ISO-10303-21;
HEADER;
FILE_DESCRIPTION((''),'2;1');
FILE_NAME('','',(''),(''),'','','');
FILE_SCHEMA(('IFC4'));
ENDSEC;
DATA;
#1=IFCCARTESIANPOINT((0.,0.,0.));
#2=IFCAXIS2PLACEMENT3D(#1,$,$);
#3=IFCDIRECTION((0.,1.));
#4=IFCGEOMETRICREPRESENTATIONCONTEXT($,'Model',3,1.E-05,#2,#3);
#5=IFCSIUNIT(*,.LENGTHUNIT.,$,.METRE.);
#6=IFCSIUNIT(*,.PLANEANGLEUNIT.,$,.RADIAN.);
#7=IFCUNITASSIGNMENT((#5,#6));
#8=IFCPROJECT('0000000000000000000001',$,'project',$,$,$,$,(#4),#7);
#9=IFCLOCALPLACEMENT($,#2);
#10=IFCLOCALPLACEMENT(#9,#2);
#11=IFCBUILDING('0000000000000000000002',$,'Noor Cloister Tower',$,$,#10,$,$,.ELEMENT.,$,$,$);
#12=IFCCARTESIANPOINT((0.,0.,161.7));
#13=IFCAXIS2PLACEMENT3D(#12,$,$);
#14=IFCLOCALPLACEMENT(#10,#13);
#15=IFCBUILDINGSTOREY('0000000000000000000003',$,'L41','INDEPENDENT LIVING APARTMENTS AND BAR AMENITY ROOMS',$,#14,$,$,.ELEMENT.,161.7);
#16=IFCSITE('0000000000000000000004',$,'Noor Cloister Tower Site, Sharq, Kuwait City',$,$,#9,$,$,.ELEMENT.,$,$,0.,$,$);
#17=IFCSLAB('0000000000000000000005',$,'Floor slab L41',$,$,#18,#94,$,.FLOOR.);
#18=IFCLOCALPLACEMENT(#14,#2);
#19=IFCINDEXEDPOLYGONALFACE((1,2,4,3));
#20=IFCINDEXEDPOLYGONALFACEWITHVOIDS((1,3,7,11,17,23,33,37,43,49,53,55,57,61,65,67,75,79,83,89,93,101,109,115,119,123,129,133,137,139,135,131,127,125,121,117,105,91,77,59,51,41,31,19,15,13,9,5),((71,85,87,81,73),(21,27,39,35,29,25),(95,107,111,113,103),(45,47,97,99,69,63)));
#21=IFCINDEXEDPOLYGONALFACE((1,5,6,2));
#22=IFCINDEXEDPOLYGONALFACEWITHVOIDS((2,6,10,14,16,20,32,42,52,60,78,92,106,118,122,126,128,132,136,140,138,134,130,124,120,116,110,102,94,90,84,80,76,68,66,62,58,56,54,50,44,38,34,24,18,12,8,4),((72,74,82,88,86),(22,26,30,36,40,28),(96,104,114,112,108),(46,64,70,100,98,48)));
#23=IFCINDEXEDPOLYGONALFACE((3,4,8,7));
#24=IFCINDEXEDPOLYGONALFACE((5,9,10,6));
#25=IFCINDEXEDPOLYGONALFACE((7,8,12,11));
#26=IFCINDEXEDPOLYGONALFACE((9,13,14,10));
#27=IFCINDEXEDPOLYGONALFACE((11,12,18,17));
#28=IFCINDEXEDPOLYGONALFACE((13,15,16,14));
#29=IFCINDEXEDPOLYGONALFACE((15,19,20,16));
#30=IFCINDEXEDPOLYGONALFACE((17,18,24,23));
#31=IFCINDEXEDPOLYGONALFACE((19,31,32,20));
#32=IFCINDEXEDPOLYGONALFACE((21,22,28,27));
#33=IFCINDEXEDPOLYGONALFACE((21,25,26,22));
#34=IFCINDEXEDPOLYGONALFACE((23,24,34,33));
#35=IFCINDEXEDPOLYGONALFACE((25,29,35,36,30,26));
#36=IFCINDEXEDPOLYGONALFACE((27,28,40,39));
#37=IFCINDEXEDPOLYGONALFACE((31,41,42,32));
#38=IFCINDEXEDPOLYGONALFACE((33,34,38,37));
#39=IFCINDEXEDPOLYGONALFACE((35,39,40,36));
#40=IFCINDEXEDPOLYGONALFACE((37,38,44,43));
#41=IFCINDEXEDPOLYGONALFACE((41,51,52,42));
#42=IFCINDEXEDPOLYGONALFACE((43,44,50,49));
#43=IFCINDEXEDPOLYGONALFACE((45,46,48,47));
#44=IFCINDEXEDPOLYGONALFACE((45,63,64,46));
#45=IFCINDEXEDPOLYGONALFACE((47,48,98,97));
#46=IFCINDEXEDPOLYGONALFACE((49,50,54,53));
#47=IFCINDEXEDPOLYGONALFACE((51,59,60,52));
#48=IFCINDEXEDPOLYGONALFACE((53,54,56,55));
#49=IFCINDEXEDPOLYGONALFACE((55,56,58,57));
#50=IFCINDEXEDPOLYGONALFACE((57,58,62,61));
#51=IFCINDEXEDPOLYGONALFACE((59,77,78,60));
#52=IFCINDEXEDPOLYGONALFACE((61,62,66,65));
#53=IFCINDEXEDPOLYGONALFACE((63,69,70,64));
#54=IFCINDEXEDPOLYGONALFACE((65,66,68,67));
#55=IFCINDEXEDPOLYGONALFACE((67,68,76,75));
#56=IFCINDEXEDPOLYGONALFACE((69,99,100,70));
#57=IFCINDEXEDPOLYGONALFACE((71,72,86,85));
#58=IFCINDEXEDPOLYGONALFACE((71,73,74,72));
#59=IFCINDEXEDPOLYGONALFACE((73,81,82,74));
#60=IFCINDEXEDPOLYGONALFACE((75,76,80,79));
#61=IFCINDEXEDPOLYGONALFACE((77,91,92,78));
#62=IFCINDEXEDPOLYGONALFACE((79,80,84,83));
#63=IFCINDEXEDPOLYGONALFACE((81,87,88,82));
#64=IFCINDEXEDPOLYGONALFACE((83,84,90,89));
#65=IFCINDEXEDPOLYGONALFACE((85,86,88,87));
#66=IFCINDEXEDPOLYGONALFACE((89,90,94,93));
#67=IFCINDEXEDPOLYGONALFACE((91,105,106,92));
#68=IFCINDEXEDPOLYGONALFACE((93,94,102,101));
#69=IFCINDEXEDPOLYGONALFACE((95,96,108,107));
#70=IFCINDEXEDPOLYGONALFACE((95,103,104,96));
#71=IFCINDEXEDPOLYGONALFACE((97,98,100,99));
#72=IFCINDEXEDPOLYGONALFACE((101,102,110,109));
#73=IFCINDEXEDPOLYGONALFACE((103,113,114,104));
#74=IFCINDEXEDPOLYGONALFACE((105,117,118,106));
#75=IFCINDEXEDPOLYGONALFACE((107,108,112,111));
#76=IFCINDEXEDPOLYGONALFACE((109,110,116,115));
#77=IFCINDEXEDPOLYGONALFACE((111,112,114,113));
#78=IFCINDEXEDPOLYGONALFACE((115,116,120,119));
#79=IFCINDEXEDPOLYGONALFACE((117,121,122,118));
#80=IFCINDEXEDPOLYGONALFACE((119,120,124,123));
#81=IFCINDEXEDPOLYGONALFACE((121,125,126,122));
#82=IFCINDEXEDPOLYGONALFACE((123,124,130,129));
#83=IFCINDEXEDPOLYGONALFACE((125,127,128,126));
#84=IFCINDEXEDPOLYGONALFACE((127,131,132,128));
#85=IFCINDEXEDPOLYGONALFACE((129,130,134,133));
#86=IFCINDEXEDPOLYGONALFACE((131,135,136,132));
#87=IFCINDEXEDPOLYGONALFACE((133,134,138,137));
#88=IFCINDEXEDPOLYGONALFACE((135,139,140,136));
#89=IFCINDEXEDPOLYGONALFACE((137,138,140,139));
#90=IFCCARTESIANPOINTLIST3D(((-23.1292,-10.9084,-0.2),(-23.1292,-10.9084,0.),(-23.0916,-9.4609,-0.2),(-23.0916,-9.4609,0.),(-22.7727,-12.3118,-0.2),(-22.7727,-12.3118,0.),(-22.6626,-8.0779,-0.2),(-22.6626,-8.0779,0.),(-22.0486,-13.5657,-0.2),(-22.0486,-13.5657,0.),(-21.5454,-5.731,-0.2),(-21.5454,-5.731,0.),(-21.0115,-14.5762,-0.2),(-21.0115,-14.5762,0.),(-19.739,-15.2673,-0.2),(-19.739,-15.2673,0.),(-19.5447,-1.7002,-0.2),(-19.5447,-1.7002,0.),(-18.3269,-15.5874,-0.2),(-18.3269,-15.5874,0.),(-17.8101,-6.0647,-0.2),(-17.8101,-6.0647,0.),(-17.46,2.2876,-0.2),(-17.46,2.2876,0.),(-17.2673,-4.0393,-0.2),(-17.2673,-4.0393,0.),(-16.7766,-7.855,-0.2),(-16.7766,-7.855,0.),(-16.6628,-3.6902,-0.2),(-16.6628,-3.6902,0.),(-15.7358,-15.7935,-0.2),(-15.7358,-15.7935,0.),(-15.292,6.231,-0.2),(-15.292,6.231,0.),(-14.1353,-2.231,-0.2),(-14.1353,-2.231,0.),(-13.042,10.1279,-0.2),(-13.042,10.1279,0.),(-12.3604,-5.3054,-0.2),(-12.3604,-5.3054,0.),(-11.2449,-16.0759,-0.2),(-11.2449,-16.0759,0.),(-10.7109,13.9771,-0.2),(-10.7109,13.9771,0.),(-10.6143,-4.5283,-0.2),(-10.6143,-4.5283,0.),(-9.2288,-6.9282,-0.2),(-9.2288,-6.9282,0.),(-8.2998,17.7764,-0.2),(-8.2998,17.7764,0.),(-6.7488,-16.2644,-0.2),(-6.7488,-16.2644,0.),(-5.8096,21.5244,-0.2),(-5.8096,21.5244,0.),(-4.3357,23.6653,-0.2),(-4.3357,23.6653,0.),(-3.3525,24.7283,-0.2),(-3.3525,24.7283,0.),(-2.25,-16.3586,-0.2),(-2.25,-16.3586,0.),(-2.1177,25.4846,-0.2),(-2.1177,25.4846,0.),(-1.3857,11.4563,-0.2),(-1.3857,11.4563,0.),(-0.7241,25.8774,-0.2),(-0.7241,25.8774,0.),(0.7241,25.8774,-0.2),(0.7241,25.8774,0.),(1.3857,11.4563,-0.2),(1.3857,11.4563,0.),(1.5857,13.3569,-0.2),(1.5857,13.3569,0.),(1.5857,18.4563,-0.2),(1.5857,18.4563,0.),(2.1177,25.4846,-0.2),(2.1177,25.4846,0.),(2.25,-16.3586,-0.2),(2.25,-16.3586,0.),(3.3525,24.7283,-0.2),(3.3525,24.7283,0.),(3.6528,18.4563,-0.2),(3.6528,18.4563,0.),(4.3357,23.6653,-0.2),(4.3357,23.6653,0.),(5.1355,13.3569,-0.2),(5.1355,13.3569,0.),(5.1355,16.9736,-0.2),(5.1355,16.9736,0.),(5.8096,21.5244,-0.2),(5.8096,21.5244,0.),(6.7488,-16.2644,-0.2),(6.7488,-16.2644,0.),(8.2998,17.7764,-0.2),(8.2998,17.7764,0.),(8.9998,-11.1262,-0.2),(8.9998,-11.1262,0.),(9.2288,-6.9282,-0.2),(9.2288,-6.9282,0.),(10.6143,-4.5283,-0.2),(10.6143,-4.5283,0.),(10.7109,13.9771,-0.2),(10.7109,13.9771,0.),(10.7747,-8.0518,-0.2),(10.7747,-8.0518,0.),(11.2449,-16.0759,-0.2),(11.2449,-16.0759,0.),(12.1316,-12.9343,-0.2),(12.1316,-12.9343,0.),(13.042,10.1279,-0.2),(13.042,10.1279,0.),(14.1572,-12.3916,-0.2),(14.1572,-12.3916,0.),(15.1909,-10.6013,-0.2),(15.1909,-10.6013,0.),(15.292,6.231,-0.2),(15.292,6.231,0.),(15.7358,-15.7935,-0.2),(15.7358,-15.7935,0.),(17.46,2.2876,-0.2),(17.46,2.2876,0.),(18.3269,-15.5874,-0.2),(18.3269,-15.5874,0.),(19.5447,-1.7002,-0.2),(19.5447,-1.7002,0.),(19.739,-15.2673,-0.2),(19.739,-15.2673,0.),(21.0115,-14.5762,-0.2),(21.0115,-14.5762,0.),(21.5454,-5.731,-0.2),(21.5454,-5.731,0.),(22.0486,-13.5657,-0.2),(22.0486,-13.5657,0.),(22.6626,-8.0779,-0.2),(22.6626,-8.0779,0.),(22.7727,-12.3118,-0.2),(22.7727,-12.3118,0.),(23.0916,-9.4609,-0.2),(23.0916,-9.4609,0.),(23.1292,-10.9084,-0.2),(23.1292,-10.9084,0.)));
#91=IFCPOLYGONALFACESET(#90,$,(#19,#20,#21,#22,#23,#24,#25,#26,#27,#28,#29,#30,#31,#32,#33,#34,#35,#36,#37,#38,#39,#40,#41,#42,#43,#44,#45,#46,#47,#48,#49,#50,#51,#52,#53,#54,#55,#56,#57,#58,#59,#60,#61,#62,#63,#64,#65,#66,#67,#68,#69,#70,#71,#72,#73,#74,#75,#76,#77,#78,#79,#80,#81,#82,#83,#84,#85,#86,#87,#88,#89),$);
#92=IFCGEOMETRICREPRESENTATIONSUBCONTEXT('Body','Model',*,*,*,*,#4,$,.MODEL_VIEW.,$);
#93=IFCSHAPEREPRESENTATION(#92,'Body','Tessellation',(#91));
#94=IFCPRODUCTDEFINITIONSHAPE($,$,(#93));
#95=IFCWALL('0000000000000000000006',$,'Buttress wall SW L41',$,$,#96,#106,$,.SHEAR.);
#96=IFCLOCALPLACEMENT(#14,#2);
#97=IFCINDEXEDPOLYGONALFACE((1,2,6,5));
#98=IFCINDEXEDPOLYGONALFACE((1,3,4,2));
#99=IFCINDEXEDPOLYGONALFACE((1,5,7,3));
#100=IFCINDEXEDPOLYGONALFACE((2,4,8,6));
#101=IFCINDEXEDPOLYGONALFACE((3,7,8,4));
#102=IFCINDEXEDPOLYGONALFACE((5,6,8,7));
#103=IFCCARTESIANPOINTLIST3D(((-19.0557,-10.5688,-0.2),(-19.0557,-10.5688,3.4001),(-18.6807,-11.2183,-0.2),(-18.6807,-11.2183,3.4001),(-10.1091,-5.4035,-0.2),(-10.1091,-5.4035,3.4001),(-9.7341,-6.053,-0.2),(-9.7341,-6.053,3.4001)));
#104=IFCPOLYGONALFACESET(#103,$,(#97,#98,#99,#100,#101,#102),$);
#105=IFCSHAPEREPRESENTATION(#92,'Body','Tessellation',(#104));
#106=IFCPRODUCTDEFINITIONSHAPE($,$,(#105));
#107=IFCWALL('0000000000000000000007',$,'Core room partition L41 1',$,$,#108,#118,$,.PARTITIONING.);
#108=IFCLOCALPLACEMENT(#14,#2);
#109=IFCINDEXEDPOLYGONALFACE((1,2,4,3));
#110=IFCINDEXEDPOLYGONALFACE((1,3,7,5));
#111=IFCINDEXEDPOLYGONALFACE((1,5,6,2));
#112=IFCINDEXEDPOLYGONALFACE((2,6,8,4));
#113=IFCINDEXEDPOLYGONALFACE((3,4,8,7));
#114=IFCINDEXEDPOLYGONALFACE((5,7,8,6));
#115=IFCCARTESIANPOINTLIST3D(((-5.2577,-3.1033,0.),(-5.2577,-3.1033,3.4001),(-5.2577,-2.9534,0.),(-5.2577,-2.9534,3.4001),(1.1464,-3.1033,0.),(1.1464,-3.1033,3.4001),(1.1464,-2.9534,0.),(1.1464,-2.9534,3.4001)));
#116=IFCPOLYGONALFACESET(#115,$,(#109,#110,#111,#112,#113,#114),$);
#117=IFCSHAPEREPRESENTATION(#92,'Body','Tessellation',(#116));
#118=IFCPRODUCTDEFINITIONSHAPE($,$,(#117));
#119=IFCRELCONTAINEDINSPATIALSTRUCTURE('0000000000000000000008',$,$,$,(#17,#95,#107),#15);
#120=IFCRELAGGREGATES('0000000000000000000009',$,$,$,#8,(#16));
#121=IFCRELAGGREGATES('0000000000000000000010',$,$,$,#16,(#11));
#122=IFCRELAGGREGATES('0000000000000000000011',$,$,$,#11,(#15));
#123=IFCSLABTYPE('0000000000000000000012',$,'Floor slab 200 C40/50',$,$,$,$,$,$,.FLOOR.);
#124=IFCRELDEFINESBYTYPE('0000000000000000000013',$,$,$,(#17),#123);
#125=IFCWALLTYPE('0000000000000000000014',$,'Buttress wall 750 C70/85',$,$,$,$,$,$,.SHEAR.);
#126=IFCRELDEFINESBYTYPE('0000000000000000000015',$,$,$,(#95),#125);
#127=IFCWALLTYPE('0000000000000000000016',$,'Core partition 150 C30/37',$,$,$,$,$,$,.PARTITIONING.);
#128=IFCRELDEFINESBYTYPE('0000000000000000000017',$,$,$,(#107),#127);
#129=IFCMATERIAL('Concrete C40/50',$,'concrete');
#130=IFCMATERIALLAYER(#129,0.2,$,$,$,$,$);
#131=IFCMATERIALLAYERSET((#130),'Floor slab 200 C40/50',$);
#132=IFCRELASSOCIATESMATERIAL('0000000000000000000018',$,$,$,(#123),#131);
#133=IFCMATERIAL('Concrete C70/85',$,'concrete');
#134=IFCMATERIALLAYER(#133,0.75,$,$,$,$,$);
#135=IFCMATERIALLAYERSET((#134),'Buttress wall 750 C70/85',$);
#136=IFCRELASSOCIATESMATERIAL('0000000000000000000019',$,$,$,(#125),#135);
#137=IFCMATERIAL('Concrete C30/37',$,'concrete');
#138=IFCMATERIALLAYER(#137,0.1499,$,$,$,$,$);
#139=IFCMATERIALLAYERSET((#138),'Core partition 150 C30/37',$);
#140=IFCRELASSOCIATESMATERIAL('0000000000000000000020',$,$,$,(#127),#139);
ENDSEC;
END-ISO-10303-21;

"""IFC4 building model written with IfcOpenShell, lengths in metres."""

from ifc_helpers import new_model, si_unit, direction, frame, frame_2d, origin, place, context, subcontext, project, spatial, polyline, rectangle, outline, extrude, material, layer, layer_set, type_object, element, save


model = new_model("IFC4")

# Units and contexts
model_context = context("Model", 3, precision=1e-05, world=origin(), true_north=direction((0.0, 1.0)))
body_context = subcontext(model_context, "Body", "Model", "MODEL_VIEW")
ifc_project = project(units=[si_unit("LENGTHUNIT", "METRE"), si_unit("PLANEANGLEUNIT", "RADIAN")], contexts=[model_context])

# Site, building, storey
site_placement = place(None, origin())
site = spatial("IfcSite", under=ifc_project, at=site_placement, Name="Noor Cloister Tower Site, Sharq, Kuwait City", CompositionType="ELEMENT", RefElevation=0.0)
building_placement = place(site_placement, origin())
building = spatial("IfcBuilding", under=site, at=building_placement, Name="Noor Cloister Tower", CompositionType="ELEMENT")
storey_placement = place(building_placement, frame((0.0, 0.0, 161.7)))
storey = spatial("IfcBuildingStorey", under=building, at=storey_placement, Name="L41", Description="INDEPENDENT LIVING APARTMENTS AND BAR AMENITY ROOMS", CompositionType="ELEMENT", Elevation=161.7)

# Slab
ifc_material_1 = material(Name="Concrete C40/50", Category="concrete")
ifc_layer_1 = layer(ifc_material_1, 0.2)
ifc_layer_set_1 = layer_set([ifc_layer_1], Name="Floor slab 200 C40/50")
slab_type = type_object("IfcSlabType", Name="Floor slab 200 C40/50", PredefinedType="FLOOR", material=ifc_layer_set_1)
slab_placement = place(storey_placement, frame((0.0, 0.0, -0.2)))
element("IfcSlab", 1, at=slab_placement, inside=storey, type_object=slab_type, Name="Floor slab L41", PredefinedType="FLOOR", context=body_context, shape_type="SweptSolid", body=[
    extrude(outline(polyline([(4.3357, 23.6653), (3.3525, 24.7283), (2.1177, 25.4846), (0.7241, 25.8774), (-0.7241, 25.8774), (-2.1177, 25.4846), (-3.3525, 24.7283), (-4.3357, 23.6653), (-5.8096, 21.5244), (-8.2998, 17.7764), (-10.7109, 13.9771), (-13.042, 10.1279), (-15.292, 6.231), (-17.46, 2.2876), (-19.5447, -1.7002), (-21.5454, -5.731), (-22.6626, -8.0779), (-23.0916, -9.4609), (-23.1292, -10.9084), (-22.7727, -12.3118), (-22.0486, -13.5657), (-21.0115, -14.5762), (-19.739, -15.2673), (-18.3269, -15.5874), (-15.7358, -15.7935), (-11.2449, -16.0759), (-6.7488, -16.2644), (-2.25, -16.3586), (2.25, -16.3586), (6.7488, -16.2644), (11.2449, -16.0759), (15.7358, -15.7935), (18.3269, -15.5874), (19.739, -15.2673), (21.0115, -14.5762), (22.0486, -13.5657), (22.7727, -12.3118), (23.1292, -10.9084), (23.0916, -9.4609), (22.6626, -8.0779), (21.5454, -5.731), (19.5447, -1.7002), (17.46, 2.2876), (15.292, 6.231), (13.042, 10.1279), (10.7109, 13.9771), (8.2998, 17.7764), (5.8096, 21.5244), (4.3357, 23.6653)]), holes=[polyline([(8.9998, -11.1262), (12.1316, -12.9343), (14.1572, -12.3916), (15.1909, -10.6013), (10.7747, -8.0518), (8.9998, -11.1262)]), polyline([(-17.8101, -6.0647), (-16.7766, -7.855), (-12.3604, -5.3054), (-14.1353, -2.231), (-16.6628, -3.6902), (-17.2673, -4.0393), (-17.8101, -6.0647)]), polyline([(-10.6143, -4.5283), (-9.2288, -6.9282), (9.2288, -6.9282), (10.6143, -4.5283), (1.3857, 11.4563), (-1.3857, 11.4563), (-10.6143, -4.5283)]), polyline([(3.6528, 18.4563), (1.5857, 18.4563), (1.5857, 13.3569), (5.1355, 13.3569), (5.1355, 16.9736), (3.6528, 18.4563)])]), origin(), (0.0, 0.0, 1.0), 0.2),
])

# Walls
ifc_material_2 = material(Name="Concrete C70/85", Category="concrete")
ifc_layer_2 = layer(ifc_material_2, 0.75)
ifc_layer_set_2 = layer_set([ifc_layer_2], Name="Buttress wall 750 C70/85")
wall_type_1 = type_object("IfcWallType", Name="Buttress wall 750 C70/85", PredefinedType="SHEAR", material=ifc_layer_set_2)
wall_1_placement = place(storey_placement, frame((-9.9216, -5.7283, -0.2), z_axis=(0.0, 0.0, 1.0), x_axis=(-0.866025, -0.5, 0.0)))
element("IfcWall", 2, at=wall_1_placement, inside=storey, type_object=wall_type_1, Name="Buttress wall SW L41", PredefinedType="SHEAR", context=body_context, shape_type="SweptSolid", body=[
    extrude(rectangle(XDim=10.3306, YDim=0.75, at=frame_2d((5.1653, 0.0))), origin(), (0.0, 0.0, 1.0), 3.6001),
])
ifc_material_3 = material(Name="Concrete C30/37", Category="concrete")
ifc_layer_3 = layer(ifc_material_3, 0.1499)
ifc_layer_set_3 = layer_set([ifc_layer_3], Name="Core partition 150 C30/37")
wall_type_2 = type_object("IfcWallType", Name="Core partition 150 C30/37", PredefinedType="PARTITIONING", material=ifc_layer_set_3)
wall_2_placement = place(storey_placement, frame((-5.2578, -3.0283, 0.0), z_axis=(0.0, 0.0, 1.0), x_axis=(1.0, 0.0, 0.0)))
element("IfcWall", 3, at=wall_2_placement, inside=storey, type_object=wall_type_2, Name="Core room partition L41 1", PredefinedType="PARTITIONING", context=body_context, shape_type="SweptSolid", body=[
    extrude(rectangle(XDim=6.4041, YDim=0.1499, at=frame_2d((3.2021, 0.0))), origin(), (0.0, 0.0, 1.0), 3.4001),
])

save(model, "model.ifc")
